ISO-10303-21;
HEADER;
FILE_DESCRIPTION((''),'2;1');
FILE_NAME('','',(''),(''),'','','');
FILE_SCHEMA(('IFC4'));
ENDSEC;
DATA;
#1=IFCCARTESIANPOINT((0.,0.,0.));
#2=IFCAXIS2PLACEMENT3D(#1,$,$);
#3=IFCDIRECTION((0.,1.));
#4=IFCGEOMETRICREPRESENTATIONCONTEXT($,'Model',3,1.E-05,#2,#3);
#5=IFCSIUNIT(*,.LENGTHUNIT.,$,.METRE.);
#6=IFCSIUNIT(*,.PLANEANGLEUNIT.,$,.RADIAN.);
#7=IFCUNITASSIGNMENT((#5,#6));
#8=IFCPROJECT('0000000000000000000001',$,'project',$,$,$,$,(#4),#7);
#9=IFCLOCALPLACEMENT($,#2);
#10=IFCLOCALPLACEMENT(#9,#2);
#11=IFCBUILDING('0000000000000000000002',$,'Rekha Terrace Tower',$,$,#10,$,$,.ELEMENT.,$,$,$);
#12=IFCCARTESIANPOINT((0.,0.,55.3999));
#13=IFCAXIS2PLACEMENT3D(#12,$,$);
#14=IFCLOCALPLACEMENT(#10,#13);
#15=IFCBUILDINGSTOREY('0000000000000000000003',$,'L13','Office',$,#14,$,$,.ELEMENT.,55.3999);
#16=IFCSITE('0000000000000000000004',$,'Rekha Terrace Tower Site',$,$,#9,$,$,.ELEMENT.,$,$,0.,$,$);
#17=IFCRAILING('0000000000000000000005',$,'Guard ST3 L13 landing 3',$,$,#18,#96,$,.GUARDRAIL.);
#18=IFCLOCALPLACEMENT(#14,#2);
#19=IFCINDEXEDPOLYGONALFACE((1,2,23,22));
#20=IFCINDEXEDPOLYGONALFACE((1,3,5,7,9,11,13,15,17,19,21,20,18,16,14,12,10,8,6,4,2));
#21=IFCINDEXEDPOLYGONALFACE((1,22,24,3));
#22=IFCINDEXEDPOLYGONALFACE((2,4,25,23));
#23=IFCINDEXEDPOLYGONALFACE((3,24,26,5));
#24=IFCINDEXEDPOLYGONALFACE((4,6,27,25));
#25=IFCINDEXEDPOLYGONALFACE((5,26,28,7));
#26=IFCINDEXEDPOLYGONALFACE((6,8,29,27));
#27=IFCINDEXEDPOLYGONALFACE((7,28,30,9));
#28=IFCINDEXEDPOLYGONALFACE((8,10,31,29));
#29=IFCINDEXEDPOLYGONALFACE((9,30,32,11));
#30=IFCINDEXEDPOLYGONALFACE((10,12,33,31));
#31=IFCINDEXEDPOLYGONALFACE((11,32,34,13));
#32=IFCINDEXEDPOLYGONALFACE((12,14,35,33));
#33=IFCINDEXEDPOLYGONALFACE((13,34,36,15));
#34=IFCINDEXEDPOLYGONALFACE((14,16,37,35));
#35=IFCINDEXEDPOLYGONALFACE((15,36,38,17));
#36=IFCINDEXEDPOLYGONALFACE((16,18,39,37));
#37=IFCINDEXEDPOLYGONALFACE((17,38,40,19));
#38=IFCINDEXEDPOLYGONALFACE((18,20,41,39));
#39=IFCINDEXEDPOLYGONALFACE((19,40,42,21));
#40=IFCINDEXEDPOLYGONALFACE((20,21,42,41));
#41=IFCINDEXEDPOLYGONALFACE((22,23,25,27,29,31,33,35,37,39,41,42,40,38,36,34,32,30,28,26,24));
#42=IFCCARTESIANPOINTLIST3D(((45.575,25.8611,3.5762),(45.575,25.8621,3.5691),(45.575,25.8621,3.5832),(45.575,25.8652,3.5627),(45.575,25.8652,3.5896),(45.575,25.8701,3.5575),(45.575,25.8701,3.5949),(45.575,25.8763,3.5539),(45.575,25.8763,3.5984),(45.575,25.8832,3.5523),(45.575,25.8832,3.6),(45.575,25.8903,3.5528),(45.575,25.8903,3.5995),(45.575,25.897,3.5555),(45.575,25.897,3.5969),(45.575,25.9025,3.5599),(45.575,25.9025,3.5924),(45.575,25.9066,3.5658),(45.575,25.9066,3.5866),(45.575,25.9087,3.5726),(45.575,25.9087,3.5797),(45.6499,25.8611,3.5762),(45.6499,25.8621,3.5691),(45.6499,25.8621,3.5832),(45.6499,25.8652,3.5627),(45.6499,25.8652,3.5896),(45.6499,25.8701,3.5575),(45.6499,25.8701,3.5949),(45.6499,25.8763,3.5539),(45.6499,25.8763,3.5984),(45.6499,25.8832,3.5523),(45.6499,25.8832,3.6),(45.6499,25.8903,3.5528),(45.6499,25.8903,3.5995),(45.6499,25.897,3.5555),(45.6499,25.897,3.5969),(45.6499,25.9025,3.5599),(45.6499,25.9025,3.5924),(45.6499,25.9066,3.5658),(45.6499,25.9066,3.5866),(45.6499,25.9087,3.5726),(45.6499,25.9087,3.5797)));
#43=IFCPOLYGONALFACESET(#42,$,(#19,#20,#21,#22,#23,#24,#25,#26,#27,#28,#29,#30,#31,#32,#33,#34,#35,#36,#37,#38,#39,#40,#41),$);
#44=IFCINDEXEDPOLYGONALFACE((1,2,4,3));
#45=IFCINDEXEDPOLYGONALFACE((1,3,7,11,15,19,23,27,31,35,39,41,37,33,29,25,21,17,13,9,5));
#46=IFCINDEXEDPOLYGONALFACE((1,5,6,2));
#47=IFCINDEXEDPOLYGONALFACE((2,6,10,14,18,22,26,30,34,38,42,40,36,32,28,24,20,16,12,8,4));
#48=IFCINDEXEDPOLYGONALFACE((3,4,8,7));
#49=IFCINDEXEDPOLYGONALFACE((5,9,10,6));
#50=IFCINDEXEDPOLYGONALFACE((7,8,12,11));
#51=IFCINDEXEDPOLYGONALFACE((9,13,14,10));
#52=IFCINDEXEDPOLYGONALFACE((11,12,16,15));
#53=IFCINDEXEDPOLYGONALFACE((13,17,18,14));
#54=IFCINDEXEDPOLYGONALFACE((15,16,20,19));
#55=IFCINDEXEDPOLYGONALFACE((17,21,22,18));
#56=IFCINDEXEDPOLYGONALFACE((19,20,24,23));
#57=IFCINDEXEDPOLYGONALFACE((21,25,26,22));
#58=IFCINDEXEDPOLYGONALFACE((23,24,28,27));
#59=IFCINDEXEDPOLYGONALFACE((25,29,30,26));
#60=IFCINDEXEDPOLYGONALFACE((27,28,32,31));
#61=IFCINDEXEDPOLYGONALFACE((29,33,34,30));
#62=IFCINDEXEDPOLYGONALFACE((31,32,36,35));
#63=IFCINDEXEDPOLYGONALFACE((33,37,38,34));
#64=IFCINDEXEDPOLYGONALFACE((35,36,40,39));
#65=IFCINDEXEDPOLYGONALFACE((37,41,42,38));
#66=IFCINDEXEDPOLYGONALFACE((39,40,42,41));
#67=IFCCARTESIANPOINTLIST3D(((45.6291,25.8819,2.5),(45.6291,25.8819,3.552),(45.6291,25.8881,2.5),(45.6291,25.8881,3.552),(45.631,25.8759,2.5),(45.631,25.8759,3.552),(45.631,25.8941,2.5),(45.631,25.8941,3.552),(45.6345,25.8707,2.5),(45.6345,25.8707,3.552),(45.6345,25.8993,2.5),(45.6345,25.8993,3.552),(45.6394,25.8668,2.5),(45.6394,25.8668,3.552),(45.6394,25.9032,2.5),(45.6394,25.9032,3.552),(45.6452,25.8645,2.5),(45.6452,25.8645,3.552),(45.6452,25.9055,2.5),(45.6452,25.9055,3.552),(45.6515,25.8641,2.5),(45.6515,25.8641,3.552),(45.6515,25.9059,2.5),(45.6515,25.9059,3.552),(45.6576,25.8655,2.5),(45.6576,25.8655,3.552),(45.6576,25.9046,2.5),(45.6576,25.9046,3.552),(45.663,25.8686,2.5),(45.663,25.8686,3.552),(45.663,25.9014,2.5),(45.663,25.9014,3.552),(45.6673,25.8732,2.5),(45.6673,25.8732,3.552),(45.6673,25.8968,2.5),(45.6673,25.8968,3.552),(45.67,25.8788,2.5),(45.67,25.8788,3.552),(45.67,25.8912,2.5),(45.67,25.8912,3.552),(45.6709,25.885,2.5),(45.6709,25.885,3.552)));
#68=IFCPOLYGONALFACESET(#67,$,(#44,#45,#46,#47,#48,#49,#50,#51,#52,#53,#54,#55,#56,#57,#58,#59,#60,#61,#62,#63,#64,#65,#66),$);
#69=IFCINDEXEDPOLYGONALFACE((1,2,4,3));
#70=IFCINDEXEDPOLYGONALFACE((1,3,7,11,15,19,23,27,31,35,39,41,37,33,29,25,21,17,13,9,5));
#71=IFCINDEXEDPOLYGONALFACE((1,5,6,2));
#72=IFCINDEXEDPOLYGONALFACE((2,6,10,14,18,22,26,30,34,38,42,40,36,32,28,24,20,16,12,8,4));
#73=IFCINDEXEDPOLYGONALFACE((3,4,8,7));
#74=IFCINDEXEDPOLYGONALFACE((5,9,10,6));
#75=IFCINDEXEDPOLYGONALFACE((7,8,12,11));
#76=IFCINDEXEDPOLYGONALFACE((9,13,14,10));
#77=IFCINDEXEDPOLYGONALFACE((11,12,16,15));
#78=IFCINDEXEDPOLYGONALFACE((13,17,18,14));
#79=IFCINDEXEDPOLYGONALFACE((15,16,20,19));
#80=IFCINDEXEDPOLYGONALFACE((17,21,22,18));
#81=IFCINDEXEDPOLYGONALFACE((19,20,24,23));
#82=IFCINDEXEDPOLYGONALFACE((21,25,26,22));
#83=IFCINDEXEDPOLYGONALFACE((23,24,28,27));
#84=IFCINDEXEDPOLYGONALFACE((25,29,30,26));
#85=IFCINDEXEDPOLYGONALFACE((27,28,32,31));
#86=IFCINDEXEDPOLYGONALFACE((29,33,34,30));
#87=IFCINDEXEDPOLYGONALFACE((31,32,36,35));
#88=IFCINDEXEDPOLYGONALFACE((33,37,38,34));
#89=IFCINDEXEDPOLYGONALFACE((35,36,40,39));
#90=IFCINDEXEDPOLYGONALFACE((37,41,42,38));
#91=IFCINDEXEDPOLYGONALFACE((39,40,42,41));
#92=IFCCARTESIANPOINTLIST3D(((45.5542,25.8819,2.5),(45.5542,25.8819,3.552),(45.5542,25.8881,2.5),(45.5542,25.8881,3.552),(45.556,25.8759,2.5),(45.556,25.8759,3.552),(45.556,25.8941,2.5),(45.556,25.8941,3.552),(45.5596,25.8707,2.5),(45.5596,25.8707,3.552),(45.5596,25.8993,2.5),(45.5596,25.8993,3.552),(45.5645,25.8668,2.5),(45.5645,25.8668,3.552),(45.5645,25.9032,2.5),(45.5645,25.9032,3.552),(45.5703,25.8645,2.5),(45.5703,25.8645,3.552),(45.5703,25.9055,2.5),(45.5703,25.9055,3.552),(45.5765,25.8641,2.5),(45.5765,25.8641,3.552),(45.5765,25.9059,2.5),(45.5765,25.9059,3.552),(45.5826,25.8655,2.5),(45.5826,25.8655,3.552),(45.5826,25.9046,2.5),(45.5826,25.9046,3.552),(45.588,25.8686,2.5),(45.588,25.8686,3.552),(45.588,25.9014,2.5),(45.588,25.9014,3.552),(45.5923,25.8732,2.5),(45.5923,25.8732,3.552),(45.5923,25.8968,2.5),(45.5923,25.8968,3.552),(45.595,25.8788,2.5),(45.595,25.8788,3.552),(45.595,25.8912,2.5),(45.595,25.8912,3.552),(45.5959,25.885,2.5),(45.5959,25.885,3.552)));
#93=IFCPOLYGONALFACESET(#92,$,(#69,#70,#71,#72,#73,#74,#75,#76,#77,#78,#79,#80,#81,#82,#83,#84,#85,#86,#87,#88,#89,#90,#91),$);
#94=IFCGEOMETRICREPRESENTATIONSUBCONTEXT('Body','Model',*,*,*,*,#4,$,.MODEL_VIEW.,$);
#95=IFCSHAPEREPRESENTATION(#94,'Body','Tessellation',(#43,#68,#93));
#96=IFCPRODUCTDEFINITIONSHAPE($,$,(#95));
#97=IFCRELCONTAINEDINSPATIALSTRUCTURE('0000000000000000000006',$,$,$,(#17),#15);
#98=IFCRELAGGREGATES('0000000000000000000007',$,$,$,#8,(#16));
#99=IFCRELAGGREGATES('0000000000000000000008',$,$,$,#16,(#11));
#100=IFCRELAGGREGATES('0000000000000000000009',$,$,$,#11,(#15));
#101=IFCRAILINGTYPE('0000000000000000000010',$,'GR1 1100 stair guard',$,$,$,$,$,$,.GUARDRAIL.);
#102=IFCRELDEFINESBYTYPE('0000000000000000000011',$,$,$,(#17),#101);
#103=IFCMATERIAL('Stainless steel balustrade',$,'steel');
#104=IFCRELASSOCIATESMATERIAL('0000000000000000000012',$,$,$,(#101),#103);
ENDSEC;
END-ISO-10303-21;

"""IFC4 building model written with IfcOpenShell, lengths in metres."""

from ifc_helpers import new_model, si_unit, direction, frame, origin, origin_2d, place, context, subcontext, project, spatial, circle, extrude, material, type_object, element, save


model = new_model("IFC4")

# Units and contexts
model_context = context("Model", 3, precision=1e-05, world=origin(), true_north=direction((0.0, 1.0)))
body_context = subcontext(model_context, "Body", "Model", "MODEL_VIEW")
ifc_project = project(units=[si_unit("LENGTHUNIT", "METRE"), si_unit("PLANEANGLEUNIT", "RADIAN")], contexts=[model_context])

# Site, building, storey
site_placement = place(None, origin())
site = spatial("IfcSite", under=ifc_project, at=site_placement, Name="Rekha Terrace Tower Site", CompositionType="ELEMENT", RefElevation=0.0)
building_placement = place(site_placement, origin())
building = spatial("IfcBuilding", under=site, at=building_placement, Name="Rekha Terrace Tower", CompositionType="ELEMENT")
storey_placement = place(building_placement, frame((0.0, 0.0, 55.3999)))
storey = spatial("IfcBuildingStorey", under=building, at=storey_placement, Name="L13", Description="Office", CompositionType="ELEMENT", Elevation=55.3999)

# Railing
ifc_material_1 = material(Name="Stainless steel balustrade", Category="steel")
railing_type_1 = type_object("IfcRailingType", Name="GR1 1100 stair guard", PredefinedType="GUARDRAIL", material=ifc_material_1)
railing_1_placement = place(storey_placement, frame((45.6499, 25.885, 2.5)))
element("IfcRailing", 1, at=railing_1_placement, inside=storey, type_object=railing_type_1, Name="Guard ST3 L13 landing 3", PredefinedType="GUARDRAIL", context=body_context, shape_type="SweptSolid", body=[
    extrude(circle(Radius=0.0239, at=origin_2d()), frame((0.0, 0.0, 1.0762), z_axis=(-1.0, 0.0, 0.0), x_axis=(0.0, -1.0, 0.0)), (0.0, 0.0, 1.0), 0.075),
    extrude(circle(Radius=0.021, at=origin_2d()), origin(), (0.0, 0.0, 1.0), 1.052),
    extrude(circle(Radius=0.021, at=origin_2d()), frame((-0.075, 0.0, 0.0)), (0.0, 0.0, 1.0), 1.052),
])

save(model, "model.ifc")
